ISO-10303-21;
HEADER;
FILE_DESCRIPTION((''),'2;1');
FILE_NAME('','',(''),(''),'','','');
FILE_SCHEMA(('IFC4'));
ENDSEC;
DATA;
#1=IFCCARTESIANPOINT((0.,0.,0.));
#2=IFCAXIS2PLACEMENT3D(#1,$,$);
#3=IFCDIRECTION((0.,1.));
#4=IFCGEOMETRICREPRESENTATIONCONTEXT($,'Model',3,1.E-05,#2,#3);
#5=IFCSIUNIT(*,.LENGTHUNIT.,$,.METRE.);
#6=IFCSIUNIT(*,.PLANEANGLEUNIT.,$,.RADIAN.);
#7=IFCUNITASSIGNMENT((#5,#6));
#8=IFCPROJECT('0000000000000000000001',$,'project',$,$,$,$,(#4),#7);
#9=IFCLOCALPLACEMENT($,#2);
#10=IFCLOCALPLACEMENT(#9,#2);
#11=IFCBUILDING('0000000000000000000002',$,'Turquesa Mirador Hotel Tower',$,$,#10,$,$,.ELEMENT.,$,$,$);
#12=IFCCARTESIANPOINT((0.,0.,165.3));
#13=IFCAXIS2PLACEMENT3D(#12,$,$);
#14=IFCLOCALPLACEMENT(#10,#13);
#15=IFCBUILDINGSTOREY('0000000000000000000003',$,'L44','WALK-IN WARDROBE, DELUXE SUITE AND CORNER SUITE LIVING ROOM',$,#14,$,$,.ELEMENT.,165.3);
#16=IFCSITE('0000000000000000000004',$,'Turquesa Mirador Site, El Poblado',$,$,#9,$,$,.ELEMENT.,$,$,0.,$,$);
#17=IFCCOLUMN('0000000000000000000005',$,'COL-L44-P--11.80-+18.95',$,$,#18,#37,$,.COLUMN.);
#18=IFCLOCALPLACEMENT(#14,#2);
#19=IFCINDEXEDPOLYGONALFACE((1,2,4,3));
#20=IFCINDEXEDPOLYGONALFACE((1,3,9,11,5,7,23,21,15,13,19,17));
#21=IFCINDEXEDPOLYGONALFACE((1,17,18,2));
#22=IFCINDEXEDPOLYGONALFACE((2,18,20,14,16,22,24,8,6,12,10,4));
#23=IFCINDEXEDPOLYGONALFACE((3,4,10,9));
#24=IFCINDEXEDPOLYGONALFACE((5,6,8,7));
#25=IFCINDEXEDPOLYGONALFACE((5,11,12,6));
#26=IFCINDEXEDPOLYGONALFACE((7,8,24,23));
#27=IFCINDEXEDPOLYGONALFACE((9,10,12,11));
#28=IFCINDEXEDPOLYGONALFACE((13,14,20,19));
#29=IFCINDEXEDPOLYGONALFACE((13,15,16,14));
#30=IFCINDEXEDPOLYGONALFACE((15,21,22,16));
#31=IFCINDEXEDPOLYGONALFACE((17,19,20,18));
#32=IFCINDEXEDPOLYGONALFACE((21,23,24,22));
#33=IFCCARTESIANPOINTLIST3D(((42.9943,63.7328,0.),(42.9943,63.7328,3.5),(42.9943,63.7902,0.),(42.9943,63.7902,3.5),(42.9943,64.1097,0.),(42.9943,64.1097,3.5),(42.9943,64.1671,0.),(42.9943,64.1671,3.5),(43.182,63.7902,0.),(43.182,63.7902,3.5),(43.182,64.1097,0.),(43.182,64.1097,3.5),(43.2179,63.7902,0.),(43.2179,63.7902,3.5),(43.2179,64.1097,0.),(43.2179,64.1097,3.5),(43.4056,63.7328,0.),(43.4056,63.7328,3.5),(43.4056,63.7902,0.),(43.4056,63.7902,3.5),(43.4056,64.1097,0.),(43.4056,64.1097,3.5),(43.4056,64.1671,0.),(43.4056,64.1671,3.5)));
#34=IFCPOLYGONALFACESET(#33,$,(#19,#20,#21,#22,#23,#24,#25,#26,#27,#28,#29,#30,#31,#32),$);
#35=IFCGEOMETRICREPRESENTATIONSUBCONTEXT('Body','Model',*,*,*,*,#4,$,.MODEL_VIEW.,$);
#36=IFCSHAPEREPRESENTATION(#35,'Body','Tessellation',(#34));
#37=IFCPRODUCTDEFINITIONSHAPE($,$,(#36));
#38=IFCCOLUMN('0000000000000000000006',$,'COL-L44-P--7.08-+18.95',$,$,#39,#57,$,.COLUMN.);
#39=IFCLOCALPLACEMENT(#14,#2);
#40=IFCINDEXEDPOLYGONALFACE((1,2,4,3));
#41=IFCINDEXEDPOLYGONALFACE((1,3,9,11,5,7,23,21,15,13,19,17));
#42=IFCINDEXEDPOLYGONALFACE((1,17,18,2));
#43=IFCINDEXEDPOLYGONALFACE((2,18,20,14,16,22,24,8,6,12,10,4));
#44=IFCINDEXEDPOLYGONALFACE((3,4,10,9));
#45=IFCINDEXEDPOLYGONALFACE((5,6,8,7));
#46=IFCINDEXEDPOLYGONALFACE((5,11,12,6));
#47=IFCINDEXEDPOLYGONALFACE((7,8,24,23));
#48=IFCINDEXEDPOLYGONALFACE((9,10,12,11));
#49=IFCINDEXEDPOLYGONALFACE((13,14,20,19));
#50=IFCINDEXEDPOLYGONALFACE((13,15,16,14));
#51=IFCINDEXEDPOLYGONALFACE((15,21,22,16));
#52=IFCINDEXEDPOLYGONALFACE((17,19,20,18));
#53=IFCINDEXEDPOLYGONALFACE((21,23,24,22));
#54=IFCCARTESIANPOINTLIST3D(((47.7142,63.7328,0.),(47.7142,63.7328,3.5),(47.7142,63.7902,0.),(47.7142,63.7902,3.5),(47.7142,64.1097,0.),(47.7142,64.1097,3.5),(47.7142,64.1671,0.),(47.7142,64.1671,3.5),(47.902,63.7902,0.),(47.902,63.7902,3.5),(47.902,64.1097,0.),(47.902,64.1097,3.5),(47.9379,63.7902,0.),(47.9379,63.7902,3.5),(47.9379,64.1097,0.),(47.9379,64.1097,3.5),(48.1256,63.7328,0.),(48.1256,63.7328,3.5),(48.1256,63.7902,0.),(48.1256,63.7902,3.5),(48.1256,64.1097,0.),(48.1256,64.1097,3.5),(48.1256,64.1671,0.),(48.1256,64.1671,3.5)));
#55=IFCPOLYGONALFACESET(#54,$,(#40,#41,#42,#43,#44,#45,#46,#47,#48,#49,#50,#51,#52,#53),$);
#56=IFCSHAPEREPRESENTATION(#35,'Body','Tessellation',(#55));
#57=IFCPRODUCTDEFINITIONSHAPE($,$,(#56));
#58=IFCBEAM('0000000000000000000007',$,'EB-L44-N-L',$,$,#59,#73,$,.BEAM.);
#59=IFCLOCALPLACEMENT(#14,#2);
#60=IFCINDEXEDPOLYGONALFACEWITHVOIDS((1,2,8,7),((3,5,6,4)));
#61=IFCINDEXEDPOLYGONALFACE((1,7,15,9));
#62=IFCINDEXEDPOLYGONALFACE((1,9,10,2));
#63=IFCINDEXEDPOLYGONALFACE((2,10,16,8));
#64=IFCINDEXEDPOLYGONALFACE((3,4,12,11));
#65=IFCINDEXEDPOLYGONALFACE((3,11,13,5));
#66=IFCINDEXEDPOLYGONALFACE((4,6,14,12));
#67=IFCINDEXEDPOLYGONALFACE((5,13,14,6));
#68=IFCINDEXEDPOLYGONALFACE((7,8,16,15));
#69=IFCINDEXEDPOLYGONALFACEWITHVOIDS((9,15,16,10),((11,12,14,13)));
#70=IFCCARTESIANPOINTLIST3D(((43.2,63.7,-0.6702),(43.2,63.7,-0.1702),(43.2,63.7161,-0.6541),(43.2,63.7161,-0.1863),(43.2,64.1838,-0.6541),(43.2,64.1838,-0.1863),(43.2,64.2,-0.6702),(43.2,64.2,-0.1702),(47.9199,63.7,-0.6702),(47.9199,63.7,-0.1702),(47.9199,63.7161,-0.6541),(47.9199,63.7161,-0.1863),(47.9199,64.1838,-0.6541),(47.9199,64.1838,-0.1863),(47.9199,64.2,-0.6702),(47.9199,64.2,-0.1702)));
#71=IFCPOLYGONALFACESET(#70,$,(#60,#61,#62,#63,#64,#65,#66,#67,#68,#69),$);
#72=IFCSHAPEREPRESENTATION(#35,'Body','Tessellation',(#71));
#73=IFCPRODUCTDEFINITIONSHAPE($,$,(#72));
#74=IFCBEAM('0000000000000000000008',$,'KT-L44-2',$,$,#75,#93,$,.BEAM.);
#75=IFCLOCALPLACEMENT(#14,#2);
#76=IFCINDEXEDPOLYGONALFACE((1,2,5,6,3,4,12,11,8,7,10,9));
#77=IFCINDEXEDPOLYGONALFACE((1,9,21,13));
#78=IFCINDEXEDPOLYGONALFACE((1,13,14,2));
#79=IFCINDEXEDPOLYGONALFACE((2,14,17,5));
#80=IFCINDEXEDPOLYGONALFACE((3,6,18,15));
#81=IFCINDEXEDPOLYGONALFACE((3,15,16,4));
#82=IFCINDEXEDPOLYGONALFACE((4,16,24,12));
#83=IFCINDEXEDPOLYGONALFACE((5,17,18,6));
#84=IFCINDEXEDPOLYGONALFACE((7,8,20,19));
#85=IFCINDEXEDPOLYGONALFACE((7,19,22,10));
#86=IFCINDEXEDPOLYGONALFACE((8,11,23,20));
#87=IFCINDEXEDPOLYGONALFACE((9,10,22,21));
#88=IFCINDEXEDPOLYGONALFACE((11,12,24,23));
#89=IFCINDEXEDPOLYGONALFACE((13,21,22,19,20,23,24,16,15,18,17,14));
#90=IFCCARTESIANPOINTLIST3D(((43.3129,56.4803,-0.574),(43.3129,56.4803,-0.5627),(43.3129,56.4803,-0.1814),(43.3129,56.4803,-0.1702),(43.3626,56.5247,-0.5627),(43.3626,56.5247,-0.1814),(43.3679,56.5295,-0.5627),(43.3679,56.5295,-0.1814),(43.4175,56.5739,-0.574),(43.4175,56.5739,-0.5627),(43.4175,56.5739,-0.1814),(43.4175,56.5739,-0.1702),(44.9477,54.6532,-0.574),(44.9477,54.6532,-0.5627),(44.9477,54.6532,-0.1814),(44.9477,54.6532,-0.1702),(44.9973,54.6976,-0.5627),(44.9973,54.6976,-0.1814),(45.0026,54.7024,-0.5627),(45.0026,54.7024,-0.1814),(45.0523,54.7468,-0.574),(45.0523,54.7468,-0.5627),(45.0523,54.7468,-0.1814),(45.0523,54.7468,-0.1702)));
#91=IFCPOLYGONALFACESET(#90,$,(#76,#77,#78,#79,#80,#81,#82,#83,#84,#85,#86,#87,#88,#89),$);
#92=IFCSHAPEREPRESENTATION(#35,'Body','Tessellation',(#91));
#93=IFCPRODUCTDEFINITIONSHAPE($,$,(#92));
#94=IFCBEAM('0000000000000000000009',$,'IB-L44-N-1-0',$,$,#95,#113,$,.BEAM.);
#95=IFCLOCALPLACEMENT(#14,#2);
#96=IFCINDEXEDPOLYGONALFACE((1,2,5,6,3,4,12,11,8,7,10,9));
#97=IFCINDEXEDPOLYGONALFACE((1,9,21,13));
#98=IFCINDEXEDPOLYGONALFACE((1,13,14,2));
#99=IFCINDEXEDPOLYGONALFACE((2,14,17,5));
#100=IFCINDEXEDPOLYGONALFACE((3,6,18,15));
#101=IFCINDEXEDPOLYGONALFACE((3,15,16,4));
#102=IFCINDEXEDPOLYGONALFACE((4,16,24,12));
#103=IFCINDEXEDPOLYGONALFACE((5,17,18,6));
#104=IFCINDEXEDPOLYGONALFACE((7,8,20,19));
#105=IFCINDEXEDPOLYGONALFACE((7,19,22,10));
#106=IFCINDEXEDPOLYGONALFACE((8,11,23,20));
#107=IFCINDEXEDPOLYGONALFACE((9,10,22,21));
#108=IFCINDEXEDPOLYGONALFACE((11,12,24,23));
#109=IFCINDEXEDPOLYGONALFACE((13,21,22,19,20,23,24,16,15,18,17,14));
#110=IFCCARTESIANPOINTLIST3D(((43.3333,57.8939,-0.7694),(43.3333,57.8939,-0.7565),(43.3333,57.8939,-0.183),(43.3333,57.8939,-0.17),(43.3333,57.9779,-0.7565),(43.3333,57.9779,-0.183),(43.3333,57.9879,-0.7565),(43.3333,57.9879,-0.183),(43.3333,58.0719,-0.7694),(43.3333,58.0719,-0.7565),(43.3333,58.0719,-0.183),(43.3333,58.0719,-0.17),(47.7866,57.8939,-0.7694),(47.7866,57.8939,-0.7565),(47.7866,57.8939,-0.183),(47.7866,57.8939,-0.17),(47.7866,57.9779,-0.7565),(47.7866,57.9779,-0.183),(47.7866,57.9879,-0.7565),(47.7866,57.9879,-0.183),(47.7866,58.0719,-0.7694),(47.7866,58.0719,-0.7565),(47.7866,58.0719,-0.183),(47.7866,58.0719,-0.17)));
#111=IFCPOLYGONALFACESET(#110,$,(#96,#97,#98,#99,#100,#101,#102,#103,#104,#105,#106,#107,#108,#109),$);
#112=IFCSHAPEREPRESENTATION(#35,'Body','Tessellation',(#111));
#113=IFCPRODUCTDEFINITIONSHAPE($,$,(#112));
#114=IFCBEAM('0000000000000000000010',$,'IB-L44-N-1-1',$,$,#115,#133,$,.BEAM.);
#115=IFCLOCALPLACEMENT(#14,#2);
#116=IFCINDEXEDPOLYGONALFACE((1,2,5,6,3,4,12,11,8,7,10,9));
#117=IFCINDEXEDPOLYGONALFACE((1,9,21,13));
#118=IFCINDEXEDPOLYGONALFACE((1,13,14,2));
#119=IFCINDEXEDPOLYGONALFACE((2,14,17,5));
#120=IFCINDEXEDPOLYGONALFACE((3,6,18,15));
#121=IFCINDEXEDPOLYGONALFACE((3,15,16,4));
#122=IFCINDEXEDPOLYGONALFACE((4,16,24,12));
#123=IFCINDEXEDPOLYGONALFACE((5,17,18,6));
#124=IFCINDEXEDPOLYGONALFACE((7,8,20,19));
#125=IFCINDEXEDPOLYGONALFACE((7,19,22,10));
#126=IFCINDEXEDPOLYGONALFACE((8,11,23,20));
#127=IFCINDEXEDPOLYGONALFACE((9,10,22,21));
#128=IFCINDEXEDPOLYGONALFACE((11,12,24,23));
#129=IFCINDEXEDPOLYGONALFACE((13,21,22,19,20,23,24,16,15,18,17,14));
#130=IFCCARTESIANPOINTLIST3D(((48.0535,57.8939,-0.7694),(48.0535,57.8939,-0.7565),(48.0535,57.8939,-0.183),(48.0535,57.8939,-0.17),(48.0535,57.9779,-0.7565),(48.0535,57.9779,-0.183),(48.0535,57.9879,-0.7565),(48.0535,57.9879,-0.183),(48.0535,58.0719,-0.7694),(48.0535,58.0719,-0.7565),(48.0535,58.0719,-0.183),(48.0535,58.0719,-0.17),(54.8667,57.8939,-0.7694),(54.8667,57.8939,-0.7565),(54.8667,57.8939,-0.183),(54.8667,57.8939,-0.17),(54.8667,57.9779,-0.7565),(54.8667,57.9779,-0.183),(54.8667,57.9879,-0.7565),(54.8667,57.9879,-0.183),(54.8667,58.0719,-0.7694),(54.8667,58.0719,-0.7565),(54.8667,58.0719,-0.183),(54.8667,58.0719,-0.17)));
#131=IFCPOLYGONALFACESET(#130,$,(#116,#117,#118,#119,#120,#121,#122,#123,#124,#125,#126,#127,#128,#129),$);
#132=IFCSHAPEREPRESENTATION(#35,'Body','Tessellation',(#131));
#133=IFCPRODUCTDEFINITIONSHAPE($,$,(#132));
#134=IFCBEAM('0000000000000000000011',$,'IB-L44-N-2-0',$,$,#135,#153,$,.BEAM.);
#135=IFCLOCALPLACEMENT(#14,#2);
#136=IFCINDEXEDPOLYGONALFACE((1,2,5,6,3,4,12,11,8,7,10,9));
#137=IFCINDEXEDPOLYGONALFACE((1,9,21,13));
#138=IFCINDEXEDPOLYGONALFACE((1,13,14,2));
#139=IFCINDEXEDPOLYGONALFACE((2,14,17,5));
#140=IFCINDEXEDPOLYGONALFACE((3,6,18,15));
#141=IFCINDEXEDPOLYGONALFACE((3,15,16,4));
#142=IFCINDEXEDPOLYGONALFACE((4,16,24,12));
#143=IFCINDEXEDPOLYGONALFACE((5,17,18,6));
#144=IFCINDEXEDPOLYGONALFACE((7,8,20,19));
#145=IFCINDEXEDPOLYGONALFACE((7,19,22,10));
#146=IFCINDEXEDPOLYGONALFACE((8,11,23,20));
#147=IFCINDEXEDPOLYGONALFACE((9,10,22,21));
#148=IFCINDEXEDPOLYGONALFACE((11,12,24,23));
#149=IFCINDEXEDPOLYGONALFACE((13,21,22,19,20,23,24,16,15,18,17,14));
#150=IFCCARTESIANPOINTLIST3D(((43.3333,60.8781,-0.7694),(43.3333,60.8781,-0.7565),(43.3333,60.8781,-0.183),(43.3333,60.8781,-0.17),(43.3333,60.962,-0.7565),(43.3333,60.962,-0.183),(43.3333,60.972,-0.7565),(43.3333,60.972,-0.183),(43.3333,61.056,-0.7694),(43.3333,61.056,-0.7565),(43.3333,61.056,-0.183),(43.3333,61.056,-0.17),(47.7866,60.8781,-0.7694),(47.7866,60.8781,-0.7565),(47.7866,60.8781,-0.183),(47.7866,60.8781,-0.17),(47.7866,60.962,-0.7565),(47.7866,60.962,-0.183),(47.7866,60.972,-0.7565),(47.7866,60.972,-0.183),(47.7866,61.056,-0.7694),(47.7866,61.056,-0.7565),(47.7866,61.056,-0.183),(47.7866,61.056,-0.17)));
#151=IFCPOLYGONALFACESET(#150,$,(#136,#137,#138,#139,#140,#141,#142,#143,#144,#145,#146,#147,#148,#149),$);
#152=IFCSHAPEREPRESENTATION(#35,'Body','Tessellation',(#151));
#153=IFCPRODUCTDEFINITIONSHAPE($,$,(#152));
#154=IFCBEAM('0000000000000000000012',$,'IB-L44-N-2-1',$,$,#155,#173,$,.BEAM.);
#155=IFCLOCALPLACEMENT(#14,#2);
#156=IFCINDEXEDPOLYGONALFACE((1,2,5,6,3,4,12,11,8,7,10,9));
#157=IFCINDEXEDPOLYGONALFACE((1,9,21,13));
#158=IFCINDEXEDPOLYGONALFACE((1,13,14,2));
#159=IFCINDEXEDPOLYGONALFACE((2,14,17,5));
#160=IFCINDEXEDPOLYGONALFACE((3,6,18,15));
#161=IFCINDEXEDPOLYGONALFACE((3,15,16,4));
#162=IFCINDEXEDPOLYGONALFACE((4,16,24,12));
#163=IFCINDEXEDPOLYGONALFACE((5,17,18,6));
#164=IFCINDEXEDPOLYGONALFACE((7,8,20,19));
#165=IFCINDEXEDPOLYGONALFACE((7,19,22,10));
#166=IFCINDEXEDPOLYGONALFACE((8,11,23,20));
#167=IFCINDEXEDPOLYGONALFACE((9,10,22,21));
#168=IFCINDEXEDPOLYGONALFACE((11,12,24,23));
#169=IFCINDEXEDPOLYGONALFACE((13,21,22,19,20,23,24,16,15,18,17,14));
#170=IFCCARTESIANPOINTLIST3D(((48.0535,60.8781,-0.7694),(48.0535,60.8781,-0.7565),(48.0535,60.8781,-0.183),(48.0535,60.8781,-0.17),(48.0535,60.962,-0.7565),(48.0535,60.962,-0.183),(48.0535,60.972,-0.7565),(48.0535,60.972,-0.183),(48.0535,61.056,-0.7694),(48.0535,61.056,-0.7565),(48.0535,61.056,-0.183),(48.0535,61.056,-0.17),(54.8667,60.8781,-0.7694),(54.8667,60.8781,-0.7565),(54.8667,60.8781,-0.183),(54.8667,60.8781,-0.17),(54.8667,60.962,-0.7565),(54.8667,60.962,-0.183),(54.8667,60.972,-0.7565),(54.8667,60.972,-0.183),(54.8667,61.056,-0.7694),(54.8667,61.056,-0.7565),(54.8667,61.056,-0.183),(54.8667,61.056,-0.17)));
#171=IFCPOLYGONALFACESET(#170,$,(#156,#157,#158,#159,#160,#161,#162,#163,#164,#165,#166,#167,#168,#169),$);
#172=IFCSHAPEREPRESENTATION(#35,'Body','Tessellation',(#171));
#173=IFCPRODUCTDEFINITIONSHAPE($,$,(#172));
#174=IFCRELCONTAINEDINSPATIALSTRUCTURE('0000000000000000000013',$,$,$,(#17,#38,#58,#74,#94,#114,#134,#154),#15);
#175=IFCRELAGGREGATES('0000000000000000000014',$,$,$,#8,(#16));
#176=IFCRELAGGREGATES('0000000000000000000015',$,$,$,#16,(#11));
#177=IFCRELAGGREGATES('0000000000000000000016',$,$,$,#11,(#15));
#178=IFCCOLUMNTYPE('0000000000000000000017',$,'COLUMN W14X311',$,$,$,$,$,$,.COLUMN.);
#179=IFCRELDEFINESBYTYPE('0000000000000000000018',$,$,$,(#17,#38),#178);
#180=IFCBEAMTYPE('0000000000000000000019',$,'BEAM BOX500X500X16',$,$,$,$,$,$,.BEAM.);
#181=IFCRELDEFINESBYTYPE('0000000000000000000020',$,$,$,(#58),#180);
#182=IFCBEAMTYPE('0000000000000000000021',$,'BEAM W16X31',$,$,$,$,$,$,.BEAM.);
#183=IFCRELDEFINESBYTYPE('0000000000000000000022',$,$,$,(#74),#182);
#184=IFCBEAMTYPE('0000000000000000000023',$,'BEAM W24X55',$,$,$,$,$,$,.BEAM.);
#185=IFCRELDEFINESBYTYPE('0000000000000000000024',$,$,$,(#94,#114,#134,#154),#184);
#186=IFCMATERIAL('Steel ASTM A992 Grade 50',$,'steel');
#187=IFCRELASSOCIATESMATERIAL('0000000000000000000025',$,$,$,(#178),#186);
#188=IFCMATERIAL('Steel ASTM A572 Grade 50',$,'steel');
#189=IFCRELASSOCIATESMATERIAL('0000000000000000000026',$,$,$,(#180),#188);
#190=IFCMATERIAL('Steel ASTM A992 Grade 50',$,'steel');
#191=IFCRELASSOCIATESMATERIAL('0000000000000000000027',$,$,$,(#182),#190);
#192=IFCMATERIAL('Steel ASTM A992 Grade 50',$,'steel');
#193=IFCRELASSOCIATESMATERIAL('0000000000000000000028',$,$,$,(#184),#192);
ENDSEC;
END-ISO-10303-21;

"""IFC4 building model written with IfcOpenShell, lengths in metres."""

from ifc_helpers import new_model, si_unit, direction, frame, origin, origin_2d, place, context, subcontext, project, spatial, hollow_rectangle, i_section, extrude, material, material_profile, profile_set, type_object, element, save


model = new_model("IFC4")

# Units and contexts
model_context = context("Model", 3, precision=1e-05, world=origin(), true_north=direction((0.0, 1.0)))
body_context = subcontext(model_context, "Body", "Model", "MODEL_VIEW")
ifc_project = project(units=[si_unit("LENGTHUNIT", "METRE"), si_unit("PLANEANGLEUNIT", "RADIAN")], contexts=[model_context])

# Site, building, storey
site_placement = place(None, origin())
site = spatial("IfcSite", under=ifc_project, at=site_placement, Name="Turquesa Mirador Site, El Poblado", CompositionType="ELEMENT", RefElevation=0.0)
building_placement = place(site_placement, origin())
building = spatial("IfcBuilding", under=site, at=building_placement, Name="Turquesa Mirador Hotel Tower", CompositionType="ELEMENT")
storey_placement = place(building_placement, frame((0.0, 0.0, 165.3)))
storey = spatial("IfcBuildingStorey", under=building, at=storey_placement, Name="L44", Description="WALK-IN WARDROBE, DELUXE SUITE AND CORNER SUITE LIVING ROOM", CompositionType="ELEMENT", Elevation=165.3)

# Columns
ifc_material_1 = material(Name="Steel ASTM A992 Grade 50", Category="steel")
ifc_material_profile_1 = material_profile(ifc_material_1, i_section(OverallWidth=0.4114, OverallDepth=0.4343, WebThickness=0.0359, FlangeThickness=0.0574, at=origin_2d()), Name="W14X311")
ifc_profile_set_1 = profile_set([ifc_material_profile_1], Name="Steel ASTM A992 Grade 50")
column_type = type_object("IfcColumnType", Name="COLUMN W14X311", PredefinedType="COLUMN", material=ifc_profile_set_1)
for number, where, z_axis, x_axis, name in (
    (1, (43.2, 63.95, 0.0), (0.0, 0.0, 1.0), (1.0, 0.0, 0.0), "COL-L44-P--11.80-+18.95"),
    (2, (47.9199, 63.95, 0.0), (0.0, 0.0, 1.0), (1.0, 0.0, 0.0), "COL-L44-P--7.08-+18.95"),
):
    element("IfcColumn", number, at=place(storey_placement, frame(where, z_axis=z_axis, x_axis=x_axis)), inside=storey, type_object=column_type, Name=name, PredefinedType="COLUMN", context=body_context, shape_type="SweptSolid", body=[
        extrude(i_section(OverallWidth=0.4114, OverallDepth=0.4343, WebThickness=0.0359, FlangeThickness=0.0574, at=origin_2d()), origin(), (0.0, 0.0, 1.0), 3.5),
    ])

# Beams
ifc_material_2 = material(Name="Steel ASTM A572 Grade 50", Category="steel")
ifc_material_profile_2 = material_profile(ifc_material_2, hollow_rectangle(XDim=0.5, YDim=0.5, WallThickness=0.0161, at=origin_2d()), Name="BOX500X500X16")
ifc_profile_set_2 = profile_set([ifc_material_profile_2], Name="Steel ASTM A572 Grade 50")
beam_type_1 = type_object("IfcBeamType", Name="BEAM BOX500X500X16", PredefinedType="BEAM", material=ifc_profile_set_2)
beam_1_placement = place(storey_placement, frame((43.2, 63.95, -0.4202), z_axis=(1.0, 0.0, 0.0), x_axis=(0.0, 1.0, 0.0)))
element("IfcBeam", 3, at=beam_1_placement, inside=storey, type_object=beam_type_1, Name="EB-L44-N-L", PredefinedType="BEAM", context=body_context, shape_type="SweptSolid", body=[
    extrude(hollow_rectangle(XDim=0.5, YDim=0.5, WallThickness=0.0161, at=origin_2d()), origin(), (0.0, 0.0, 1.0), 4.72),
])
ifc_material_3 = material(Name="Steel ASTM A992 Grade 50", Category="steel")
ifc_material_profile_3 = material_profile(ifc_material_3, i_section(OverallWidth=0.1404, OverallDepth=0.4038, WebThickness=0.0071, FlangeThickness=0.0112, at=origin_2d()), Name="W16X31")
ifc_profile_set_3 = profile_set([ifc_material_profile_3], Name="Steel ASTM A992 Grade 50")
beam_type_2 = type_object("IfcBeamType", Name="BEAM W16X31", PredefinedType="BEAM", material=ifc_profile_set_3)
beam_2_placement = place(storey_placement, frame((43.3652, 56.5271, -0.3721), z_axis=(0.666783, -0.745252, 0.0), x_axis=(0.745252, 0.666783, 0.0)))
element("IfcBeam", 4, at=beam_2_placement, inside=storey, type_object=beam_type_2, Name="KT-L44-2", PredefinedType="BEAM", context=body_context, shape_type="SweptSolid", body=[
    extrude(i_section(OverallWidth=0.1404, OverallDepth=0.4038, WebThickness=0.0071, FlangeThickness=0.0112, at=origin_2d()), origin(), (0.0, 0.0, 1.0), 2.4517),
])
ifc_material_4 = material(Name="Steel ASTM A992 Grade 50", Category="steel")
ifc_material_profile_4 = material_profile(ifc_material_4, i_section(OverallWidth=0.178, OverallDepth=0.5994, WebThickness=0.01, FlangeThickness=0.0129, at=origin_2d()), Name="W24X55")
ifc_profile_set_4 = profile_set([ifc_material_profile_4], Name="Steel ASTM A992 Grade 50")
beam_type_3 = type_object("IfcBeamType", Name="BEAM W24X55", PredefinedType="BEAM", material=ifc_profile_set_4)
beam_3_placement = place(storey_placement, frame((43.3333, 57.9829, -0.4697), z_axis=(1.0, 0.0, 0.0), x_axis=(0.0, 1.0, 0.0)))
element("IfcBeam", 5, at=beam_3_placement, inside=storey, type_object=beam_type_3, Name="IB-L44-N-1-0", PredefinedType="BEAM", context=body_context, shape_type="SweptSolid", body=[
    extrude(i_section(OverallWidth=0.178, OverallDepth=0.5994, WebThickness=0.01, FlangeThickness=0.0129, at=origin_2d()), origin(), (0.0, 0.0, 1.0), 4.4534),
])
beam_4_placement = place(storey_placement, frame((48.0535, 57.9829, -0.4697), z_axis=(1.0, 0.0, 0.0), x_axis=(0.0, 1.0, 0.0)))
element("IfcBeam", 6, at=beam_4_placement, inside=storey, type_object=beam_type_3, Name="IB-L44-N-1-1", PredefinedType="BEAM", context=body_context, shape_type="SweptSolid", body=[
    extrude(i_section(OverallWidth=0.178, OverallDepth=0.5994, WebThickness=0.01, FlangeThickness=0.0129, at=origin_2d()), origin(), (0.0, 0.0, 1.0), 6.8132),
])
beam_5_placement = place(storey_placement, frame((43.3333, 60.967, -0.4697), z_axis=(1.0, 0.0, 0.0), x_axis=(0.0, 1.0, 0.0)))
element("IfcBeam", 7, at=beam_5_placement, inside=storey, type_object=beam_type_3, Name="IB-L44-N-2-0", PredefinedType="BEAM", context=body_context, shape_type="SweptSolid", body=[
    extrude(i_section(OverallWidth=0.178, OverallDepth=0.5994, WebThickness=0.01, FlangeThickness=0.0129, at=origin_2d()), origin(), (0.0, 0.0, 1.0), 4.4534),
])
beam_6_placement = place(storey_placement, frame((48.0535, 60.967, -0.4697), z_axis=(1.0, 0.0, 0.0), x_axis=(0.0, 1.0, 0.0)))
element("IfcBeam", 8, at=beam_6_placement, inside=storey, type_object=beam_type_3, Name="IB-L44-N-2-1", PredefinedType="BEAM", context=body_context, shape_type="SweptSolid", body=[
    extrude(i_section(OverallWidth=0.178, OverallDepth=0.5994, WebThickness=0.01, FlangeThickness=0.0129, at=origin_2d()), origin(), (0.0, 0.0, 1.0), 6.8132),
])

save(model, "model.ifc")
